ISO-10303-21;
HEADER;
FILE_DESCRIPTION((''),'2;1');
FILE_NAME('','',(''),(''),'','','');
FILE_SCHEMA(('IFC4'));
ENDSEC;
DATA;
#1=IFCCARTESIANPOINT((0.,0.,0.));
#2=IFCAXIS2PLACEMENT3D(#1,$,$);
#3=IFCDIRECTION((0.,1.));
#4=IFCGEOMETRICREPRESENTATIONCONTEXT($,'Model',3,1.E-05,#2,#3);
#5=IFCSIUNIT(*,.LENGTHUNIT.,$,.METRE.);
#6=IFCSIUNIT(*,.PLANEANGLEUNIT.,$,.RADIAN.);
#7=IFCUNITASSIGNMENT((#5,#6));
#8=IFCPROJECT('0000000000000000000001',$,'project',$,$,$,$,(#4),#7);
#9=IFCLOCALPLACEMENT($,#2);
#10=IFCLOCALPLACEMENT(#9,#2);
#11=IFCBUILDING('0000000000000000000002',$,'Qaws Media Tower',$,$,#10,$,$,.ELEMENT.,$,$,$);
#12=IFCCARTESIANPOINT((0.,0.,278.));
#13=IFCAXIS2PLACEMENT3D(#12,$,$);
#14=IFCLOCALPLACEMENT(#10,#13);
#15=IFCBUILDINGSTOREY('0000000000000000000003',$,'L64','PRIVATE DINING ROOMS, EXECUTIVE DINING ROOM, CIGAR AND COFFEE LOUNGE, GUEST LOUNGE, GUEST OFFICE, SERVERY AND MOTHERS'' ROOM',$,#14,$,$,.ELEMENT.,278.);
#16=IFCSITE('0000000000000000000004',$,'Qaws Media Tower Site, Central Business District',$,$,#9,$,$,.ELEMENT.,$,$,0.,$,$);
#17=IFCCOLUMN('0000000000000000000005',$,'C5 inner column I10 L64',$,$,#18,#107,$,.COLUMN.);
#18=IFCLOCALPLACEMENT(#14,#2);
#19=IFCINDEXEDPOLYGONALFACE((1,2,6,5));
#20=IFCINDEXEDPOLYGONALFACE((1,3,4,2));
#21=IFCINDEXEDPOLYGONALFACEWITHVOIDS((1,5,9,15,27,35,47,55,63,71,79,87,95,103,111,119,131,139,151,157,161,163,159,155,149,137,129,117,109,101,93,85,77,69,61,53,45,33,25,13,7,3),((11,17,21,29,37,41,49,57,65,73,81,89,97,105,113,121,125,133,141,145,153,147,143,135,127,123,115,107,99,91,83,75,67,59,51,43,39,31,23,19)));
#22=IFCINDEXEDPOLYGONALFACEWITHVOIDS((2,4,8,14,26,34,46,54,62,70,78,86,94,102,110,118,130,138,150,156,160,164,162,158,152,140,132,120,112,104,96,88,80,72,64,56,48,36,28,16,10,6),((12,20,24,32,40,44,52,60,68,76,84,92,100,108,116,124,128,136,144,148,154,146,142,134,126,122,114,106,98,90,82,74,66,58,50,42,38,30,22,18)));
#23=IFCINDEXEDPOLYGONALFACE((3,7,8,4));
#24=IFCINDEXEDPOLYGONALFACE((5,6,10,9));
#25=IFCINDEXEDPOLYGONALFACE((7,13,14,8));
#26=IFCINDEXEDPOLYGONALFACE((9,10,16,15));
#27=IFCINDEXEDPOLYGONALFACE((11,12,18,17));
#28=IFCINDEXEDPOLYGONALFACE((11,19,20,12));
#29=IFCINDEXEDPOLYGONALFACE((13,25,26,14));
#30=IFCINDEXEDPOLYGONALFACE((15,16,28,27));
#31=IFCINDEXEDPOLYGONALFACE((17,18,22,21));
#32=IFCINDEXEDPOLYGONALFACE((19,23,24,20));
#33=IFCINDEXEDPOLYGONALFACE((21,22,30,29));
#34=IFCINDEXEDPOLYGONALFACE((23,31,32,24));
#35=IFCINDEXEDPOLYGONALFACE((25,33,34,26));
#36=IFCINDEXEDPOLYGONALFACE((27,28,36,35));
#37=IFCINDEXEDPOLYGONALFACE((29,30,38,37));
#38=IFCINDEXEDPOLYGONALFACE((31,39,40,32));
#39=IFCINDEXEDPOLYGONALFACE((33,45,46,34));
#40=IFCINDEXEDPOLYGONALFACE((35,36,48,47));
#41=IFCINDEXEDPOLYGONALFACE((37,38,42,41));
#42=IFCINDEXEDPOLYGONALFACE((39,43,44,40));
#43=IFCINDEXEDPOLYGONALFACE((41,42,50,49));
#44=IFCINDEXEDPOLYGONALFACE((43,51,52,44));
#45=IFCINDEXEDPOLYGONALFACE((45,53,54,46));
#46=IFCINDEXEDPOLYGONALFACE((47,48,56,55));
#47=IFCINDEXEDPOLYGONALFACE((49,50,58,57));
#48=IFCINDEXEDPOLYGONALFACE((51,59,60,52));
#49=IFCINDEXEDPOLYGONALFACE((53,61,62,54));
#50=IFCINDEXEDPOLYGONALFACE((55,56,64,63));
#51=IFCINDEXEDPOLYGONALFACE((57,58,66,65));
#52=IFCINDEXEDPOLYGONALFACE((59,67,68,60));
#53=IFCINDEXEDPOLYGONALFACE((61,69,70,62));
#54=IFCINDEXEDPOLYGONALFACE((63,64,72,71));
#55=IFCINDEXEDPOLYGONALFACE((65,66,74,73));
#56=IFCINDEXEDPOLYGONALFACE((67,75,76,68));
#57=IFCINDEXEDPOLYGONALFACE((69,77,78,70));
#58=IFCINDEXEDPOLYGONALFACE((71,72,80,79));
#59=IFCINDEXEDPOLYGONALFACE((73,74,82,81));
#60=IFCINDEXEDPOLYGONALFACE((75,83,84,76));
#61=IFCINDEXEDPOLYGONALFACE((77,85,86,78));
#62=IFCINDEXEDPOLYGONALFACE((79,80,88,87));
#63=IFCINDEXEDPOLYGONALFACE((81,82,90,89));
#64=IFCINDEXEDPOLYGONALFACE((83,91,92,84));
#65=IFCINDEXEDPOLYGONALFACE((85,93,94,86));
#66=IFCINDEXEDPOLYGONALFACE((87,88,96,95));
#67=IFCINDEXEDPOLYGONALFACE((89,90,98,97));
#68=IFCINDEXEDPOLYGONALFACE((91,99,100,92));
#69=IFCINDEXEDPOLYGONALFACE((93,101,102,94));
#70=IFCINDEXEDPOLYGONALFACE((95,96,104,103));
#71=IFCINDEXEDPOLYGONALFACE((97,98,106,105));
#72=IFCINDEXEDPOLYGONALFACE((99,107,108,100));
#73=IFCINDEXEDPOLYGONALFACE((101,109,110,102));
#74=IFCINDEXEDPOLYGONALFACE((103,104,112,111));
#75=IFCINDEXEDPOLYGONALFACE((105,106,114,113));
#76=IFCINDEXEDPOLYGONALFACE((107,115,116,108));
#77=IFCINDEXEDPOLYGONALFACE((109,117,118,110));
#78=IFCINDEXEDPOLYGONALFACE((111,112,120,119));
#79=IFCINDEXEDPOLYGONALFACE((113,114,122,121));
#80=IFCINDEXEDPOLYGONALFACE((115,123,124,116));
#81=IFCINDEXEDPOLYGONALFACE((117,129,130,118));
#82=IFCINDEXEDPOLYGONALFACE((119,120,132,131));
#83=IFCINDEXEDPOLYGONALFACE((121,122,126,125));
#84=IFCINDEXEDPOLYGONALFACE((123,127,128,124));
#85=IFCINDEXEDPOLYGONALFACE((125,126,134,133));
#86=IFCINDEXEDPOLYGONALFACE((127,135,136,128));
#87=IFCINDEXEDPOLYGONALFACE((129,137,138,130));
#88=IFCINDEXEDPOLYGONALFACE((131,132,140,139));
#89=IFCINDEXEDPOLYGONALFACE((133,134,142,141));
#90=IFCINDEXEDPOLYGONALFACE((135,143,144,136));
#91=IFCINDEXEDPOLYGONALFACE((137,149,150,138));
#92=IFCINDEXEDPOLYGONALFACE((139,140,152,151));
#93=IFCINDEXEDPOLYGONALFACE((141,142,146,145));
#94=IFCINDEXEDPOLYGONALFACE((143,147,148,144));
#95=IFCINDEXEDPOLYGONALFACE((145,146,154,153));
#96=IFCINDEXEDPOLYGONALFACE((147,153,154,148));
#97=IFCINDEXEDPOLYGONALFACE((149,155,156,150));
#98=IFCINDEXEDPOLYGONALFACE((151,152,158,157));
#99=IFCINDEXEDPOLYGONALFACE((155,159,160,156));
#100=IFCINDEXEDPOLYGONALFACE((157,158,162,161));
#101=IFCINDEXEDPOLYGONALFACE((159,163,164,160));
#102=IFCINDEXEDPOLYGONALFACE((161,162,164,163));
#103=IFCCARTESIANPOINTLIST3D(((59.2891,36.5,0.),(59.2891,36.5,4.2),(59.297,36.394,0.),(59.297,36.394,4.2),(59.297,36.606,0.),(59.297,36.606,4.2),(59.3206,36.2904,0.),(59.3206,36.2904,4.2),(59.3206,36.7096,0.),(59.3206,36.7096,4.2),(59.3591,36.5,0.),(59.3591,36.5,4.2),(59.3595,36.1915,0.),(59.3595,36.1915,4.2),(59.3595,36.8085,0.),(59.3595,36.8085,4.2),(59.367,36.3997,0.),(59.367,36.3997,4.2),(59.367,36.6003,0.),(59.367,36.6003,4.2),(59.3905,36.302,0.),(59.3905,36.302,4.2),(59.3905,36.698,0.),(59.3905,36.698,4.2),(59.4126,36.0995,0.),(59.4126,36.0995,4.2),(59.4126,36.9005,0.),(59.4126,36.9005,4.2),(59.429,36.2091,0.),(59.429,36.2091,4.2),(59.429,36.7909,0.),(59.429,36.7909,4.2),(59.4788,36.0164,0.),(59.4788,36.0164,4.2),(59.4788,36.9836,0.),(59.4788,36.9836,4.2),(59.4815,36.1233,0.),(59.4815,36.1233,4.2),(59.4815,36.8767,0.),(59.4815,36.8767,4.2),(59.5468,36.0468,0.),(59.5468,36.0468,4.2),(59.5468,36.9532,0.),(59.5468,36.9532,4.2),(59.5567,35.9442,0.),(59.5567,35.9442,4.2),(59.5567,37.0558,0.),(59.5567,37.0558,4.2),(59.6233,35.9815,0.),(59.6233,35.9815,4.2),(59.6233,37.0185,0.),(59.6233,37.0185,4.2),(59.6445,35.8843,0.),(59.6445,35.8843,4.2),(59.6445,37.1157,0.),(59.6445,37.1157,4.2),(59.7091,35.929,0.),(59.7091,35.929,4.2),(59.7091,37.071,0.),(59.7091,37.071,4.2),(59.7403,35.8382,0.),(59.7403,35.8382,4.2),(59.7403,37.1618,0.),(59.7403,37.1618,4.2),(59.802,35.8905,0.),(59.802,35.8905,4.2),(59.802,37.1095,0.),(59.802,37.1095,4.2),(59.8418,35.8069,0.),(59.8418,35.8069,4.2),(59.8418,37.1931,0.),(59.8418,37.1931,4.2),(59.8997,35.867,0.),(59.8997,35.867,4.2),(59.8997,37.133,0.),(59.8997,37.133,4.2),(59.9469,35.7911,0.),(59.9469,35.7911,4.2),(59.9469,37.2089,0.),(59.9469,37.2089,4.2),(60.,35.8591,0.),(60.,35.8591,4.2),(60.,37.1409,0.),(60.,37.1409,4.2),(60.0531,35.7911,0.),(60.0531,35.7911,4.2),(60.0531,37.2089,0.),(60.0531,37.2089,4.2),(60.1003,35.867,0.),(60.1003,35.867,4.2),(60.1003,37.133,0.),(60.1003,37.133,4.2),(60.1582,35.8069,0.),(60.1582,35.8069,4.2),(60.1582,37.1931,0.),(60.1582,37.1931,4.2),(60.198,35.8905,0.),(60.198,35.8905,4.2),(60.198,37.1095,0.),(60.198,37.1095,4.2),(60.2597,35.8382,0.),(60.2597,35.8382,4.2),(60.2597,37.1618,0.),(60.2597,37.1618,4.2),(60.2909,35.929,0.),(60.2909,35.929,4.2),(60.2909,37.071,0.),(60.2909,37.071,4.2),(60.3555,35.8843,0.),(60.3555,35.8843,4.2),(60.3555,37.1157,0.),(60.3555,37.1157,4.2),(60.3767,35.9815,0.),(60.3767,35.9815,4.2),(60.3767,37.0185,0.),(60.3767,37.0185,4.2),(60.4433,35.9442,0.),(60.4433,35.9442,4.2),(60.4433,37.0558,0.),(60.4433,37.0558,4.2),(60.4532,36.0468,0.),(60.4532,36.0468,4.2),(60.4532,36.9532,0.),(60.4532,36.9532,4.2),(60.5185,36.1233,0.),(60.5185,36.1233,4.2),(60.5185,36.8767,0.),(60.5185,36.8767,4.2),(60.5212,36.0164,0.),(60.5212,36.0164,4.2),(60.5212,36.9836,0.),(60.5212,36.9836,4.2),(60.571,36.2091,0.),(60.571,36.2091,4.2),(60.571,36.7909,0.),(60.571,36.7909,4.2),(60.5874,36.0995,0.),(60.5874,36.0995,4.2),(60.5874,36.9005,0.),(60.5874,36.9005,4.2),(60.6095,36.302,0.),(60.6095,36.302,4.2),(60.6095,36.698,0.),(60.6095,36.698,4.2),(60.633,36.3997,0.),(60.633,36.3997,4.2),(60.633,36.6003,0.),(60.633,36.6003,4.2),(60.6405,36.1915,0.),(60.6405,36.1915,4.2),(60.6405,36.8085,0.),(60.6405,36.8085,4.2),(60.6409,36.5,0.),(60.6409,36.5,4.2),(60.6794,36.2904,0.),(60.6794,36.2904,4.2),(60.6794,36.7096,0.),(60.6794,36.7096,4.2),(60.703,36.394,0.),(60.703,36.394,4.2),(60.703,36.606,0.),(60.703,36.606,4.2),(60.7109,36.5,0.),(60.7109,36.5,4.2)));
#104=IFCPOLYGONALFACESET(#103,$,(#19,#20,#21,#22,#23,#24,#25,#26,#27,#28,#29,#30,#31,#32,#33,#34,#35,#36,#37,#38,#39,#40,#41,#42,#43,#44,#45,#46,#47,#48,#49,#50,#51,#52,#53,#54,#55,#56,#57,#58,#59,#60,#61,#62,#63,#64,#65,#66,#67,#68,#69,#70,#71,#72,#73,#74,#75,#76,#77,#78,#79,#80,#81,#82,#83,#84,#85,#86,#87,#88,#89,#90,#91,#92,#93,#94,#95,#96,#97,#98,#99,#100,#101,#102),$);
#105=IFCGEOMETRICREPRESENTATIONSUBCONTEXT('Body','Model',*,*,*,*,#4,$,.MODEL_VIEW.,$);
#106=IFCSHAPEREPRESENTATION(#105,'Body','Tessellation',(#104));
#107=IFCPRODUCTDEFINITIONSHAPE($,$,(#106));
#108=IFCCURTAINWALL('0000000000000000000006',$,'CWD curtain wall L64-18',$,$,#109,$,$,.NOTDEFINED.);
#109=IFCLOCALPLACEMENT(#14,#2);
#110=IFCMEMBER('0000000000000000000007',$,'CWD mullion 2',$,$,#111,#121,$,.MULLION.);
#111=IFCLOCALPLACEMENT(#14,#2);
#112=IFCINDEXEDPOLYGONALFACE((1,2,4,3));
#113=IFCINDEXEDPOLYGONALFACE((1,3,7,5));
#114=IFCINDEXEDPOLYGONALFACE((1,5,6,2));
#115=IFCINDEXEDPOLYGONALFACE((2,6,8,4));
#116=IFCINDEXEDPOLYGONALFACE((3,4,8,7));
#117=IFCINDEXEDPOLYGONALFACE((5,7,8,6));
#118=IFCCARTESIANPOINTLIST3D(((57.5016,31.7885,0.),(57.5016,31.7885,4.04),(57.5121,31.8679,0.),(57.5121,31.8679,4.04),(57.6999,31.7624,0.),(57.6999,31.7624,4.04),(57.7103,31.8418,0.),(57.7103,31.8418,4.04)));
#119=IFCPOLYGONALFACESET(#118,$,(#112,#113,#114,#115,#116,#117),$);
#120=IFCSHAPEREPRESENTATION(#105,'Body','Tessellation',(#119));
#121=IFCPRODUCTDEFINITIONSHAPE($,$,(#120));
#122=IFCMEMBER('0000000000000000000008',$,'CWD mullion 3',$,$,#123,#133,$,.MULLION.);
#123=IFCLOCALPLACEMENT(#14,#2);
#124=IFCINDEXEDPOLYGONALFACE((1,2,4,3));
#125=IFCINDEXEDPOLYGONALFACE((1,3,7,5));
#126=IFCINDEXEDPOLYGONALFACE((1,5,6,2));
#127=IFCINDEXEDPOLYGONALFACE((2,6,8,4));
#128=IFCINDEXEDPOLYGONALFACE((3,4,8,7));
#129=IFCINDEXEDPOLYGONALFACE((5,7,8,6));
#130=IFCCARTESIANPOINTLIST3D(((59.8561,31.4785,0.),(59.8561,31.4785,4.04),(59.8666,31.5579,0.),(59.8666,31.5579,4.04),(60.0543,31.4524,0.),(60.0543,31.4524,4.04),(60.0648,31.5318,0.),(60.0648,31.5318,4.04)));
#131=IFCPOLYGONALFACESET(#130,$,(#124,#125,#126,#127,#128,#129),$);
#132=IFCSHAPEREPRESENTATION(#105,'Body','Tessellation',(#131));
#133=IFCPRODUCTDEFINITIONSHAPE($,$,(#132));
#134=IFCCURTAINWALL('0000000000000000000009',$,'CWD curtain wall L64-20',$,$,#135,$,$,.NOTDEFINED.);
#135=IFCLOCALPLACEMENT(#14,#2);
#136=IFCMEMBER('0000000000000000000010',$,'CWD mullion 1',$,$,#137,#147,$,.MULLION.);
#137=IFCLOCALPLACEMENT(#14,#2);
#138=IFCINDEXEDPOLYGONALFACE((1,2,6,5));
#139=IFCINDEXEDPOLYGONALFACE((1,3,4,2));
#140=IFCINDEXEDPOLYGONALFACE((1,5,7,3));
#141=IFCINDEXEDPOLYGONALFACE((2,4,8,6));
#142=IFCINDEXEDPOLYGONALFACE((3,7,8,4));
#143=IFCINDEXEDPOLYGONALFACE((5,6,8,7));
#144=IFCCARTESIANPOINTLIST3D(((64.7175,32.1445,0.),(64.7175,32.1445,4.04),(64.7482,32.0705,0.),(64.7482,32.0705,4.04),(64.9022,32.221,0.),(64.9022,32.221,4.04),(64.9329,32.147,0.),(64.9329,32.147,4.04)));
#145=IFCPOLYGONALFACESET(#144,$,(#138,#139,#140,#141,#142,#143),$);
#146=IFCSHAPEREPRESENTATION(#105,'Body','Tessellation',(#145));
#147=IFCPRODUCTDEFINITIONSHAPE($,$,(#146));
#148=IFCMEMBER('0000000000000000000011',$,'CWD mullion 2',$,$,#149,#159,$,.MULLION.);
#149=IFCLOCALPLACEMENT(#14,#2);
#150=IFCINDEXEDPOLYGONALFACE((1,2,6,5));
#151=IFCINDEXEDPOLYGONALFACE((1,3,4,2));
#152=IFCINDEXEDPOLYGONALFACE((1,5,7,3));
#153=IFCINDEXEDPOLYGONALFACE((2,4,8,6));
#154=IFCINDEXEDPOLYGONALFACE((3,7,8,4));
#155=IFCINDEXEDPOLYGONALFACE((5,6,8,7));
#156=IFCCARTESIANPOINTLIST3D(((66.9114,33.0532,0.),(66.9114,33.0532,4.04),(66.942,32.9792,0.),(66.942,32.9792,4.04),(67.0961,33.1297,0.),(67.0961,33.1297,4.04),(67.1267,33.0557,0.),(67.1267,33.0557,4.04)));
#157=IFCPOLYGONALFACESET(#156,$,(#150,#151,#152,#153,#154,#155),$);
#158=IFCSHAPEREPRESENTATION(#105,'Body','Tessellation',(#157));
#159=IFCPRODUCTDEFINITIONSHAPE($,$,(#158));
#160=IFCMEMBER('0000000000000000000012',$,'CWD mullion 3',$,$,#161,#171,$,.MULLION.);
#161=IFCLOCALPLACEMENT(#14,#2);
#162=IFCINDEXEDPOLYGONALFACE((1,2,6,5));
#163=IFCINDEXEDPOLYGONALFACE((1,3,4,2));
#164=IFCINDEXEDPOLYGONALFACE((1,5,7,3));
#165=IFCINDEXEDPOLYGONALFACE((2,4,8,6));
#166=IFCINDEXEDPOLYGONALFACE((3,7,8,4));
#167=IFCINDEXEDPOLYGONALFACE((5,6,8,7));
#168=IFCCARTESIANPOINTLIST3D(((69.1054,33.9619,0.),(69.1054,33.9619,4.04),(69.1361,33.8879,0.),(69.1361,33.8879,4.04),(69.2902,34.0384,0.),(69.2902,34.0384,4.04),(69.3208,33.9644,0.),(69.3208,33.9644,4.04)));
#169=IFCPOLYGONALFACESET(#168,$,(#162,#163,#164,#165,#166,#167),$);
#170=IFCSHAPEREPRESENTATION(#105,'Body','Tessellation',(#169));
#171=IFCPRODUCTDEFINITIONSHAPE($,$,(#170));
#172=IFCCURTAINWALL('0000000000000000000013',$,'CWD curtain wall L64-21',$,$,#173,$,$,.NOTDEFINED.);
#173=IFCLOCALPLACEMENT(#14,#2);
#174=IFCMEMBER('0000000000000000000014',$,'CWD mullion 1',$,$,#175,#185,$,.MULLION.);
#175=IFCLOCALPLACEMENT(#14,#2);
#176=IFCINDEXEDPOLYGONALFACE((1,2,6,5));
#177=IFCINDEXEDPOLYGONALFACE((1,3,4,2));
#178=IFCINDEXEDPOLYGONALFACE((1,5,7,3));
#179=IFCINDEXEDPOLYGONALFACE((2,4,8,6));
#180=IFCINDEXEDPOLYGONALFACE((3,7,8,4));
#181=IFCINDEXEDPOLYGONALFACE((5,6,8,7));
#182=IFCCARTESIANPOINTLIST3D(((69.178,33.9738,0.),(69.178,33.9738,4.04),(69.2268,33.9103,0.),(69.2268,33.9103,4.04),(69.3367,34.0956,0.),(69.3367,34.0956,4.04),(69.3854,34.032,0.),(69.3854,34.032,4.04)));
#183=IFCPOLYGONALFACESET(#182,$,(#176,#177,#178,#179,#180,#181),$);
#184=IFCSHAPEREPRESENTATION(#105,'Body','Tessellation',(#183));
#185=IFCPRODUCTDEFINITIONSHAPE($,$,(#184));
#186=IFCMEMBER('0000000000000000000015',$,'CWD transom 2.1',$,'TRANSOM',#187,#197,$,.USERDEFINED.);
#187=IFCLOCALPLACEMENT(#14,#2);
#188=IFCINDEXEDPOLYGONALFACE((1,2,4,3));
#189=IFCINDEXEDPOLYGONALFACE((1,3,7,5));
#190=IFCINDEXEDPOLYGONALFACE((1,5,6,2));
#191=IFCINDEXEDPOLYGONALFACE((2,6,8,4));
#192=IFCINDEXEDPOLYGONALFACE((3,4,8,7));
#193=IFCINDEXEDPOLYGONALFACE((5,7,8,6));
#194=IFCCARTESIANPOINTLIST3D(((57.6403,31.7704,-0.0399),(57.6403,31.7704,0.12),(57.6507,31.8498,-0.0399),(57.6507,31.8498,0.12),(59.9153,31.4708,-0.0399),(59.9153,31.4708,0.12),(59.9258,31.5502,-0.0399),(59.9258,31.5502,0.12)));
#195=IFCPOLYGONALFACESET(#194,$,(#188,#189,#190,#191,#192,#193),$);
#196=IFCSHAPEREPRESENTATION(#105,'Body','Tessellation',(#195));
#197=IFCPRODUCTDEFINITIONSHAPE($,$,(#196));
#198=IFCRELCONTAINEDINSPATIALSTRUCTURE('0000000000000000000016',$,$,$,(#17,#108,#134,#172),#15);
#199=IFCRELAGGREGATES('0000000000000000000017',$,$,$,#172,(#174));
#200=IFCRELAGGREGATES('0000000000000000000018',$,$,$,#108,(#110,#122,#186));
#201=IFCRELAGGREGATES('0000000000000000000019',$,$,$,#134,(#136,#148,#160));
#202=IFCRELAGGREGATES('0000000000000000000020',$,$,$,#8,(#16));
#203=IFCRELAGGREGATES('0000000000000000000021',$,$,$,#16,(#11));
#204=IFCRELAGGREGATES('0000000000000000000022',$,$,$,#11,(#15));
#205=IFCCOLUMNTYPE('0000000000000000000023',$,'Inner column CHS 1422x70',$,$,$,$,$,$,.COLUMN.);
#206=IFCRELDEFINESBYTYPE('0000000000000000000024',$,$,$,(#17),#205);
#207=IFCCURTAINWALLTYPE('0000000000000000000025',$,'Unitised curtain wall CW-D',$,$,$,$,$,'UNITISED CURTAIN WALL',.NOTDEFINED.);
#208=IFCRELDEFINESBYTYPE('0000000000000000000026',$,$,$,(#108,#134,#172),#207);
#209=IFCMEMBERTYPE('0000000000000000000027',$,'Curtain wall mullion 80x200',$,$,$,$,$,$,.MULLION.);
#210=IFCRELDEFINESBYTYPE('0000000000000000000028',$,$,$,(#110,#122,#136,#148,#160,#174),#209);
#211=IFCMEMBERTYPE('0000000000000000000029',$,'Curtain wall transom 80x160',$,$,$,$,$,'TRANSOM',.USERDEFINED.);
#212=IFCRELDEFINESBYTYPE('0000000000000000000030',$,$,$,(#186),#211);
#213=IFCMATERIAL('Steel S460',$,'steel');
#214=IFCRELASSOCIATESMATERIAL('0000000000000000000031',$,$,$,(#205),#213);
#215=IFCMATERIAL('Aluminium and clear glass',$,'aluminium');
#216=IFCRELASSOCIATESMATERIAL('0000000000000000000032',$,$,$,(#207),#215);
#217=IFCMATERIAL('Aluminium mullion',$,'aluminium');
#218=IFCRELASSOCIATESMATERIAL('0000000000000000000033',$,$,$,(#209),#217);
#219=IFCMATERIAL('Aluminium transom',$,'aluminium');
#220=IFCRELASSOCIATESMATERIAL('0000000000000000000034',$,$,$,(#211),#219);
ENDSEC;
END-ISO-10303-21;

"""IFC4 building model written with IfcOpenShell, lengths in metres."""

from ifc_helpers import new_model, si_unit, direction, frame, origin, origin_2d, place, context, subcontext, project, spatial, rectangle, hollow_circle, extrude, material, material_profile, profile_set, type_object, element, aggregate, save


model = new_model("IFC4")

# Units and contexts
model_context = context("Model", 3, precision=1e-05, world=origin(), true_north=direction((0.0, 1.0)))
body_context = subcontext(model_context, "Body", "Model", "MODEL_VIEW")
ifc_project = project(units=[si_unit("LENGTHUNIT", "METRE"), si_unit("PLANEANGLEUNIT", "RADIAN")], contexts=[model_context])

# Site, building, storey
site_placement = place(None, origin())
site = spatial("IfcSite", under=ifc_project, at=site_placement, Name="Qaws Media Tower Site, Central Business District", CompositionType="ELEMENT", RefElevation=0.0)
building_placement = place(site_placement, origin())
building = spatial("IfcBuilding", under=site, at=building_placement, Name="Qaws Media Tower", CompositionType="ELEMENT")
storey_placement = place(building_placement, frame((0.0, 0.0, 278.0)))
storey = spatial("IfcBuildingStorey", under=building, at=storey_placement, Name="L64", Description="PRIVATE DINING ROOMS, EXECUTIVE DINING ROOM, CIGAR AND COFFEE LOUNGE, GUEST LOUNGE, GUEST OFFICE, SERVERY AND MOTHERS' ROOM", CompositionType="ELEMENT", Elevation=278.0)

# Column
ifc_material_1 = material(Name="Steel S460", Category="steel")
ifc_material_profile_1 = material_profile(ifc_material_1, hollow_circle(Radius=0.7109, WallThickness=0.0701, at=origin_2d()), Name="CHS 1422x70")
ifc_profile_set_1 = profile_set([ifc_material_profile_1], Name="Steel S460")
column_type = type_object("IfcColumnType", Name="Inner column CHS 1422x70", PredefinedType="COLUMN", material=ifc_profile_set_1)
column_placement = place(storey_placement, frame((60.0, 36.5, 0.0), z_axis=(0.0, 0.0, 1.0), x_axis=(1.0, 0.0, 0.0)))
element("IfcColumn", 1, at=column_placement, inside=storey, type_object=column_type, Name="C5 inner column I10 L64", PredefinedType="COLUMN", context=body_context, shape_type="SweptSolid", body=[
    extrude(hollow_circle(Radius=0.7109, WallThickness=0.0701, at=origin_2d()), origin(), (0.0, 0.0, 1.0), 4.2),
])

# Curtain walls, members
ifc_material_2 = material(Name="Aluminium and clear glass", Category="aluminium")
curtain_wall_type = type_object("IfcCurtainWallType", Name="Unitised curtain wall CW-D", ElementType="UNITISED CURTAIN WALL", PredefinedType="NOTDEFINED", material=ifc_material_2)
curtain_wall_1_placement = place(storey_placement, origin())
curtain_wall_1 = element("IfcCurtainWall", 2, at=curtain_wall_1_placement, inside=storey, type_object=curtain_wall_type, Name="CWD curtain wall L64-18", PredefinedType="NOTDEFINED")
ifc_material_3 = material(Name="Aluminium mullion", Category="aluminium")
ifc_material_profile_2 = material_profile(ifc_material_3, rectangle(XDim=0.0801, YDim=0.2, at=origin_2d()), Name="80x200")
ifc_profile_set_2 = profile_set([ifc_material_profile_2], Name="Aluminium mullion")
member_type_1 = type_object("IfcMemberType", Name="Curtain wall mullion 80x200", PredefinedType="MULLION", material=ifc_profile_set_2)
member_1_placement = place(storey_placement, frame((57.606, 31.8152, 0.0), z_axis=(0.0, 0.0, 1.0), x_axis=(0.130526, 0.991445, 0.0)))
member_1 = element("IfcMember", 3, at=member_1_placement, type_object=member_type_1, Name="CWD mullion 2", PredefinedType="MULLION", context=body_context, shape_type="SweptSolid", body=[
    extrude(rectangle(XDim=0.0801, YDim=0.2, at=origin_2d()), origin(), (0.0, 0.0, 1.0), 4.04),
])
member_2_placement = place(storey_placement, frame((59.9604, 31.5051, 0.0), z_axis=(0.0, 0.0, 1.0), x_axis=(0.130526, 0.991445, 0.0)))
member_2 = element("IfcMember", 4, at=member_2_placement, type_object=member_type_1, Name="CWD mullion 3", PredefinedType="MULLION", context=body_context, shape_type="SweptSolid", body=[
    extrude(rectangle(XDim=0.0801, YDim=0.2, at=origin_2d()), origin(), (0.0, 0.0, 1.0), 4.04),
])
curtain_wall_2_placement = place(storey_placement, origin())
curtain_wall_2 = element("IfcCurtainWall", 5, at=curtain_wall_2_placement, inside=storey, type_object=curtain_wall_type, Name="CWD curtain wall L64-20", PredefinedType="NOTDEFINED")
member_3_placement = place(storey_placement, frame((64.8252, 32.1458, 0.0), z_axis=(0.0, 0.0, 1.0), x_axis=(-0.382683, 0.92388, 0.0)))
member_3 = element("IfcMember", 6, at=member_3_placement, type_object=member_type_1, Name="CWD mullion 1", PredefinedType="MULLION", context=body_context, shape_type="SweptSolid", body=[
    extrude(rectangle(XDim=0.0801, YDim=0.2, at=origin_2d()), origin(), (0.0, 0.0, 1.0), 4.04),
])
member_4_placement = place(storey_placement, frame((67.019, 33.0544, 0.0), z_axis=(0.0, 0.0, 1.0), x_axis=(-0.382683, 0.92388, 0.0)))
member_4 = element("IfcMember", 7, at=member_4_placement, type_object=member_type_1, Name="CWD mullion 2", PredefinedType="MULLION", context=body_context, shape_type="SweptSolid", body=[
    extrude(rectangle(XDim=0.0801, YDim=0.2, at=origin_2d()), origin(), (0.0, 0.0, 1.0), 4.04),
])
member_5_placement = place(storey_placement, frame((69.2131, 33.9631, 0.0), z_axis=(0.0, 0.0, 1.0), x_axis=(-0.382683, 0.92388, 0.0)))
member_5 = element("IfcMember", 8, at=member_5_placement, type_object=member_type_1, Name="CWD mullion 3", PredefinedType="MULLION", context=body_context, shape_type="SweptSolid", body=[
    extrude(rectangle(XDim=0.0801, YDim=0.2, at=origin_2d()), origin(), (0.0, 0.0, 1.0), 4.04),
])

# Curtain wall, member
curtain_wall_3_placement = place(storey_placement, origin())
curtain_wall_3 = element("IfcCurtainWall", 9, at=curtain_wall_3_placement, inside=storey, type_object=curtain_wall_type, Name="CWD curtain wall L64-21", PredefinedType="NOTDEFINED")
member_6_placement = place(storey_placement, frame((69.2817, 34.0029, 0.0), z_axis=(0.0, 0.0, 1.0), x_axis=(-0.608762, 0.793353, 0.0)))
member_6 = element("IfcMember", 10, at=member_6_placement, type_object=member_type_1, Name="CWD mullion 1", PredefinedType="MULLION", context=body_context, shape_type="SweptSolid", body=[
    extrude(rectangle(XDim=0.0801, YDim=0.2, at=origin_2d()), origin(), (0.0, 0.0, 1.0), 4.04),
])

# Member
ifc_material_4 = material(Name="Aluminium transom", Category="aluminium")
ifc_material_profile_3 = material_profile(ifc_material_4, rectangle(XDim=0.0801, YDim=0.1599, at=origin_2d()), Name="80x160")
ifc_profile_set_3 = profile_set([ifc_material_profile_3], Name="Aluminium transom")
member_type_2 = type_object("IfcMemberType", Name="Curtain wall transom 80x160", ElementType="TRANSOM", PredefinedType="USERDEFINED", material=ifc_profile_set_3)
member_7_placement = place(storey_placement, frame((57.6455, 31.8101, 0.04), z_axis=(0.991443, -0.13054, 0.0), x_axis=(0.13054, 0.991443, 0.0)))
member_7 = element("IfcMember", 11, at=member_7_placement, type_object=member_type_2, Name="CWD transom 2.1", ObjectType="TRANSOM", PredefinedType="USERDEFINED", context=body_context, shape_type="SweptSolid", body=[
    extrude(rectangle(XDim=0.0801, YDim=0.1599, at=origin_2d()), origin(), (0.0, 0.0, 1.0), 2.2947),
])
aggregate(curtain_wall_3, [member_6])

aggregate(curtain_wall_1, [member_1, member_2, member_7])
aggregate(curtain_wall_2, [member_3, member_4, member_5])

save(model, "model.ifc")
